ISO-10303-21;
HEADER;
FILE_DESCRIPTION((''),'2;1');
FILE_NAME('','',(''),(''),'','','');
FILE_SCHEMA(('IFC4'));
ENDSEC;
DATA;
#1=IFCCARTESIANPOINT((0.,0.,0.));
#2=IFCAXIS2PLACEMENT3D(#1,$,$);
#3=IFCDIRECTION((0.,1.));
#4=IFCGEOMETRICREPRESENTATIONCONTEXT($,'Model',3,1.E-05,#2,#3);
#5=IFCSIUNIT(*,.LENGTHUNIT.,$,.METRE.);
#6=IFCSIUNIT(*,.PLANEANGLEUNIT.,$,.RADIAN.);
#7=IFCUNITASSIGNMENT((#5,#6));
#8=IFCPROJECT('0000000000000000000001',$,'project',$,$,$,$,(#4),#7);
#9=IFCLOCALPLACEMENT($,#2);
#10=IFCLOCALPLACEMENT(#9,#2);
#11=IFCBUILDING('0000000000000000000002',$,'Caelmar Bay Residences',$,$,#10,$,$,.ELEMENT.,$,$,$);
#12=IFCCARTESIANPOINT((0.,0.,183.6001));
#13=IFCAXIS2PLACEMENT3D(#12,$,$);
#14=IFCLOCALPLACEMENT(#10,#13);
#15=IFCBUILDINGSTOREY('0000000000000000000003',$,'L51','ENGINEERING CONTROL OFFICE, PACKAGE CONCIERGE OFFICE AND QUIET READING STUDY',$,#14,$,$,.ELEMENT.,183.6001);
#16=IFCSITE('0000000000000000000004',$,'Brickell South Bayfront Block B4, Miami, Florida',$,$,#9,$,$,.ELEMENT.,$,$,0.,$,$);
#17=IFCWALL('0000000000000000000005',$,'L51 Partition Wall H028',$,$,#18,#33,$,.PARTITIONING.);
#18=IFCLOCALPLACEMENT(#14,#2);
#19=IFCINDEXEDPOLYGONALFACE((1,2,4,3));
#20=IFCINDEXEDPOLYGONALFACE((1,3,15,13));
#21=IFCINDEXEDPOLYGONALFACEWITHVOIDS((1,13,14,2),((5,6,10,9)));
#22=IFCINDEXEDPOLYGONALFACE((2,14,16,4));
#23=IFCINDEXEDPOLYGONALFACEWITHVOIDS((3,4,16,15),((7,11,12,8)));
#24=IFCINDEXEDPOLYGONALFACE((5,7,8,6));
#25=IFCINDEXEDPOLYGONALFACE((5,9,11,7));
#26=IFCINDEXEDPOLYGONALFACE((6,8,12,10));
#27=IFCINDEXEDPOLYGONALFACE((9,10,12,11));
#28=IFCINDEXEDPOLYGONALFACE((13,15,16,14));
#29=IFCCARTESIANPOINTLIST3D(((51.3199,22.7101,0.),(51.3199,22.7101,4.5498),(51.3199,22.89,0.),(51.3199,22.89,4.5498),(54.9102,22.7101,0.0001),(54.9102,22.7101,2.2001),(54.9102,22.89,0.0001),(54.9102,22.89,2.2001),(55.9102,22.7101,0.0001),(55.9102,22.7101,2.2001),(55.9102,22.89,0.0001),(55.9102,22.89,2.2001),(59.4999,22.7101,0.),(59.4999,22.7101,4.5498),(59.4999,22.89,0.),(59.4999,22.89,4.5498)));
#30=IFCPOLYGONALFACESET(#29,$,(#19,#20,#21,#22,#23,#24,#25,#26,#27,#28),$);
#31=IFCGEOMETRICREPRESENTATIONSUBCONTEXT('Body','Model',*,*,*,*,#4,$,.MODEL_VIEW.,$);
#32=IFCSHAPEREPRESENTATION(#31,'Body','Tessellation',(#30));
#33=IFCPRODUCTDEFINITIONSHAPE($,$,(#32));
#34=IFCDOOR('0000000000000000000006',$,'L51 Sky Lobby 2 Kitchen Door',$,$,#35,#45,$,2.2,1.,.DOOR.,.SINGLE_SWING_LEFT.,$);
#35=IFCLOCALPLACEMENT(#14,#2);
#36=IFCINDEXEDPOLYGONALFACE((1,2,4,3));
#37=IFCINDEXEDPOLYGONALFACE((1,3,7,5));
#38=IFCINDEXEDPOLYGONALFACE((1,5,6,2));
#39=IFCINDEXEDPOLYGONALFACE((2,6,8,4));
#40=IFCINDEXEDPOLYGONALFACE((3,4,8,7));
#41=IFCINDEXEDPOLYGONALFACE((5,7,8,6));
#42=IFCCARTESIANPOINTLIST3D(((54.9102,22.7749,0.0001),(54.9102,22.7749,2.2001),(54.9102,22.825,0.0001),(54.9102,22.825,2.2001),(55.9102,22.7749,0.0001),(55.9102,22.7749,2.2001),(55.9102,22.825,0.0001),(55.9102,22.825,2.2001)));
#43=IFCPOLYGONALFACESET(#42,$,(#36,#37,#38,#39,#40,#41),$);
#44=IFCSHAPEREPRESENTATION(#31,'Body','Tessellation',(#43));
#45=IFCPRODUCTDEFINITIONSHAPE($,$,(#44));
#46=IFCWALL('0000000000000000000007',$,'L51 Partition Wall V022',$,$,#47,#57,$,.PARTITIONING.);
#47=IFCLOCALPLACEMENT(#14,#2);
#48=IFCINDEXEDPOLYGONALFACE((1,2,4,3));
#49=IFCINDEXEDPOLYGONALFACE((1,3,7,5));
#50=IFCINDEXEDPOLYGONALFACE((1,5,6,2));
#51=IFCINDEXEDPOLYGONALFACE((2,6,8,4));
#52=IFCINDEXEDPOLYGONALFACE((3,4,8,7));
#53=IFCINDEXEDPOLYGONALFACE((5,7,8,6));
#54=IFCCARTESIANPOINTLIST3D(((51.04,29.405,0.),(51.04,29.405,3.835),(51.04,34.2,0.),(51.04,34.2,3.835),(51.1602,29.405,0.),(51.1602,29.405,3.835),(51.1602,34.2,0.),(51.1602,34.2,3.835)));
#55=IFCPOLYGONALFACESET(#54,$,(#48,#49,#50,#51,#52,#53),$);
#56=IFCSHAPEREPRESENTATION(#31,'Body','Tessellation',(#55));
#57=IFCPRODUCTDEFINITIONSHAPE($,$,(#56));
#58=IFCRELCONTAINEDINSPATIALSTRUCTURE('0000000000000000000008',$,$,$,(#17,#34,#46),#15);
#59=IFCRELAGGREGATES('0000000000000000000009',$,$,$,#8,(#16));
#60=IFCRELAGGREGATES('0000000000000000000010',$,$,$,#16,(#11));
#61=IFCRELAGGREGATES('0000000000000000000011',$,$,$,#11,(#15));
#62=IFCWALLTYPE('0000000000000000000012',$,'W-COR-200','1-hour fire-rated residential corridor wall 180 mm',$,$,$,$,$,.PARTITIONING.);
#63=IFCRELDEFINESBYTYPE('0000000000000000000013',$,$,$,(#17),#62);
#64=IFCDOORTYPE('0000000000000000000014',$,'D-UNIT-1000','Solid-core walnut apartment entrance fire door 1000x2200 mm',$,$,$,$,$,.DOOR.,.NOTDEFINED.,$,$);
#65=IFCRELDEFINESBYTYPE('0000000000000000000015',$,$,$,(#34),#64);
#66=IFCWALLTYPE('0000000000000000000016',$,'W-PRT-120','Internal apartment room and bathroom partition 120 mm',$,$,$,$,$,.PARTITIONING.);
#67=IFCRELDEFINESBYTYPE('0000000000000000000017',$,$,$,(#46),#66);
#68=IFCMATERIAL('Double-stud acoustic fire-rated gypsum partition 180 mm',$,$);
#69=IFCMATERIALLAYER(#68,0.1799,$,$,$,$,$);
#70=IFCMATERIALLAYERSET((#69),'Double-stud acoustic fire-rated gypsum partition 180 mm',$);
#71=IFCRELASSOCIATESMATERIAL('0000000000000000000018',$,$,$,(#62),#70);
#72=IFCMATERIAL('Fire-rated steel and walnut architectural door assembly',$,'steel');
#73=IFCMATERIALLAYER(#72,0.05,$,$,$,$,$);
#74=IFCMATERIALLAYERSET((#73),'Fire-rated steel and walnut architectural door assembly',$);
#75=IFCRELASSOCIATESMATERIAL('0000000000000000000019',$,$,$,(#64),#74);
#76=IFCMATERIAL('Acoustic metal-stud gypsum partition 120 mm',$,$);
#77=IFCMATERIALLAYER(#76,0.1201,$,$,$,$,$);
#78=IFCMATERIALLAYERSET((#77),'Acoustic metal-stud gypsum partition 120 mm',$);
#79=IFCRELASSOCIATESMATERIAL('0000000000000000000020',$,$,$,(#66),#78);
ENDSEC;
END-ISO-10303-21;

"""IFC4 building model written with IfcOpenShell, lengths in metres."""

from ifc_helpers import new_model, si_unit, direction, frame, frame_2d, origin, place, context, subcontext, project, spatial, rectangle, extrude, material, layer, layer_set, type_object, element, fill, save


model = new_model("IFC4")

# Units and contexts
model_context = context("Model", 3, precision=1e-05, world=origin(), true_north=direction((0.0, 1.0)))
body_context = subcontext(model_context, "Body", "Model", "MODEL_VIEW")
ifc_project = project(units=[si_unit("LENGTHUNIT", "METRE"), si_unit("PLANEANGLEUNIT", "RADIAN")], contexts=[model_context])

# Site, building, storey
site_placement = place(None, origin())
site = spatial("IfcSite", under=ifc_project, at=site_placement, Name="Brickell South Bayfront Block B4, Miami, Florida", CompositionType="ELEMENT", RefElevation=0.0)
building_placement = place(site_placement, origin())
building = spatial("IfcBuilding", under=site, at=building_placement, Name="Caelmar Bay Residences", CompositionType="ELEMENT")
storey_placement = place(building_placement, frame((0.0, 0.0, 183.6001)))
storey = spatial("IfcBuildingStorey", under=building, at=storey_placement, Name="L51", Description="ENGINEERING CONTROL OFFICE, PACKAGE CONCIERGE OFFICE AND QUIET READING STUDY", CompositionType="ELEMENT", Elevation=183.6001)

# Wall, opening, door
ifc_material_1 = material(Name="Double-stud acoustic fire-rated gypsum partition 180 mm")
ifc_layer_1 = layer(ifc_material_1, 0.1799)
ifc_layer_set_1 = layer_set([ifc_layer_1], Name="Double-stud acoustic fire-rated gypsum partition 180 mm")
wall_type_1 = type_object("IfcWallType", Name="W-COR-200", Description="1-hour fire-rated residential corridor wall 180 mm", PredefinedType="PARTITIONING", material=ifc_layer_set_1)
wall_1_placement = place(storey_placement, frame((51.3201, 22.8, 0.0), z_axis=(0.0, 0.0, 1.0), x_axis=(1.0, 0.0, 0.0)))
wall_1 = element("IfcWall", 1, at=wall_1_placement, inside=storey, type_object=wall_type_1, Name="L51 Partition Wall H028", PredefinedType="PARTITIONING", context=body_context, shape_type="SweptSolid", body=[
    extrude(rectangle(XDim=8.1799, YDim=0.1799, at=frame_2d((4.0898, 0.0))), origin(), (0.0, 0.0, 1.0), 4.5498),
])
opening_placement = place(wall_1_placement, frame((3.5901, 0.0, 0.0)))
opening = element("IfcOpeningElement", 2, at=opening_placement, cuts=wall_1, PredefinedType="OPENING", context=body_context, shape_type="SweptSolid", body=[
    extrude(rectangle(XDim=1.0, YDim=2.2, at=frame_2d((0.5, 1.1001))), frame((0.0, 0.0999, 0.0), z_axis=(0.0, -1.0, 0.0), x_axis=(1.0, 0.0, 0.0)), (0.0, 0.0, 1.0), 0.2),
])
ifc_material_2 = material(Name="Fire-rated steel and walnut architectural door assembly", Category="steel")
ifc_layer_2 = layer(ifc_material_2, 0.05)
ifc_layer_set_2 = layer_set([ifc_layer_2], Name="Fire-rated steel and walnut architectural door assembly")
door_type = type_object("IfcDoorType", Name="D-UNIT-1000", Description="Solid-core walnut apartment entrance fire door 1000x2200 mm", OperationType="NOTDEFINED", PredefinedType="DOOR", material=ifc_layer_set_2)
door_placement = place(opening_placement, origin())
door = element("IfcDoor", 3, at=door_placement, inside=storey, type_object=door_type, Name="L51 Sky Lobby 2 Kitchen Door", OperationType="SINGLE_SWING_LEFT", OverallHeight=2.2, OverallWidth=1.0, PredefinedType="DOOR", context=body_context, shape_type="SweptSolid", body=[
    extrude(rectangle(XDim=1.0, YDim=2.2, at=frame_2d((0.5, 1.1001))), frame((0.0, 0.0249, 0.0), z_axis=(0.0, -1.0, 0.0), x_axis=(1.0, 0.0, 0.0)), (0.0, 0.0, 1.0), 0.05),
])
fill(opening, door)

# Wall
ifc_material_3 = material(Name="Acoustic metal-stud gypsum partition 120 mm")
ifc_layer_3 = layer(ifc_material_3, 0.1201)
ifc_layer_set_3 = layer_set([ifc_layer_3], Name="Acoustic metal-stud gypsum partition 120 mm")
wall_type_2 = type_object("IfcWallType", Name="W-PRT-120", Description="Internal apartment room and bathroom partition 120 mm", PredefinedType="PARTITIONING", material=ifc_layer_set_3)
wall_2_placement = place(storey_placement, frame((51.1001, 29.405, 0.0), z_axis=(0.0, 0.0, 1.0), x_axis=(0.0, 1.0, 0.0)))
element("IfcWall", 4, at=wall_2_placement, inside=storey, type_object=wall_type_2, Name="L51 Partition Wall V022", PredefinedType="PARTITIONING", context=body_context, shape_type="SweptSolid", body=[
    extrude(rectangle(XDim=4.7949, YDim=0.1201, at=frame_2d((2.3975, 0.0))), origin(), (0.0, 0.0, 1.0), 3.835),
])

save(model, "model.ifc")
